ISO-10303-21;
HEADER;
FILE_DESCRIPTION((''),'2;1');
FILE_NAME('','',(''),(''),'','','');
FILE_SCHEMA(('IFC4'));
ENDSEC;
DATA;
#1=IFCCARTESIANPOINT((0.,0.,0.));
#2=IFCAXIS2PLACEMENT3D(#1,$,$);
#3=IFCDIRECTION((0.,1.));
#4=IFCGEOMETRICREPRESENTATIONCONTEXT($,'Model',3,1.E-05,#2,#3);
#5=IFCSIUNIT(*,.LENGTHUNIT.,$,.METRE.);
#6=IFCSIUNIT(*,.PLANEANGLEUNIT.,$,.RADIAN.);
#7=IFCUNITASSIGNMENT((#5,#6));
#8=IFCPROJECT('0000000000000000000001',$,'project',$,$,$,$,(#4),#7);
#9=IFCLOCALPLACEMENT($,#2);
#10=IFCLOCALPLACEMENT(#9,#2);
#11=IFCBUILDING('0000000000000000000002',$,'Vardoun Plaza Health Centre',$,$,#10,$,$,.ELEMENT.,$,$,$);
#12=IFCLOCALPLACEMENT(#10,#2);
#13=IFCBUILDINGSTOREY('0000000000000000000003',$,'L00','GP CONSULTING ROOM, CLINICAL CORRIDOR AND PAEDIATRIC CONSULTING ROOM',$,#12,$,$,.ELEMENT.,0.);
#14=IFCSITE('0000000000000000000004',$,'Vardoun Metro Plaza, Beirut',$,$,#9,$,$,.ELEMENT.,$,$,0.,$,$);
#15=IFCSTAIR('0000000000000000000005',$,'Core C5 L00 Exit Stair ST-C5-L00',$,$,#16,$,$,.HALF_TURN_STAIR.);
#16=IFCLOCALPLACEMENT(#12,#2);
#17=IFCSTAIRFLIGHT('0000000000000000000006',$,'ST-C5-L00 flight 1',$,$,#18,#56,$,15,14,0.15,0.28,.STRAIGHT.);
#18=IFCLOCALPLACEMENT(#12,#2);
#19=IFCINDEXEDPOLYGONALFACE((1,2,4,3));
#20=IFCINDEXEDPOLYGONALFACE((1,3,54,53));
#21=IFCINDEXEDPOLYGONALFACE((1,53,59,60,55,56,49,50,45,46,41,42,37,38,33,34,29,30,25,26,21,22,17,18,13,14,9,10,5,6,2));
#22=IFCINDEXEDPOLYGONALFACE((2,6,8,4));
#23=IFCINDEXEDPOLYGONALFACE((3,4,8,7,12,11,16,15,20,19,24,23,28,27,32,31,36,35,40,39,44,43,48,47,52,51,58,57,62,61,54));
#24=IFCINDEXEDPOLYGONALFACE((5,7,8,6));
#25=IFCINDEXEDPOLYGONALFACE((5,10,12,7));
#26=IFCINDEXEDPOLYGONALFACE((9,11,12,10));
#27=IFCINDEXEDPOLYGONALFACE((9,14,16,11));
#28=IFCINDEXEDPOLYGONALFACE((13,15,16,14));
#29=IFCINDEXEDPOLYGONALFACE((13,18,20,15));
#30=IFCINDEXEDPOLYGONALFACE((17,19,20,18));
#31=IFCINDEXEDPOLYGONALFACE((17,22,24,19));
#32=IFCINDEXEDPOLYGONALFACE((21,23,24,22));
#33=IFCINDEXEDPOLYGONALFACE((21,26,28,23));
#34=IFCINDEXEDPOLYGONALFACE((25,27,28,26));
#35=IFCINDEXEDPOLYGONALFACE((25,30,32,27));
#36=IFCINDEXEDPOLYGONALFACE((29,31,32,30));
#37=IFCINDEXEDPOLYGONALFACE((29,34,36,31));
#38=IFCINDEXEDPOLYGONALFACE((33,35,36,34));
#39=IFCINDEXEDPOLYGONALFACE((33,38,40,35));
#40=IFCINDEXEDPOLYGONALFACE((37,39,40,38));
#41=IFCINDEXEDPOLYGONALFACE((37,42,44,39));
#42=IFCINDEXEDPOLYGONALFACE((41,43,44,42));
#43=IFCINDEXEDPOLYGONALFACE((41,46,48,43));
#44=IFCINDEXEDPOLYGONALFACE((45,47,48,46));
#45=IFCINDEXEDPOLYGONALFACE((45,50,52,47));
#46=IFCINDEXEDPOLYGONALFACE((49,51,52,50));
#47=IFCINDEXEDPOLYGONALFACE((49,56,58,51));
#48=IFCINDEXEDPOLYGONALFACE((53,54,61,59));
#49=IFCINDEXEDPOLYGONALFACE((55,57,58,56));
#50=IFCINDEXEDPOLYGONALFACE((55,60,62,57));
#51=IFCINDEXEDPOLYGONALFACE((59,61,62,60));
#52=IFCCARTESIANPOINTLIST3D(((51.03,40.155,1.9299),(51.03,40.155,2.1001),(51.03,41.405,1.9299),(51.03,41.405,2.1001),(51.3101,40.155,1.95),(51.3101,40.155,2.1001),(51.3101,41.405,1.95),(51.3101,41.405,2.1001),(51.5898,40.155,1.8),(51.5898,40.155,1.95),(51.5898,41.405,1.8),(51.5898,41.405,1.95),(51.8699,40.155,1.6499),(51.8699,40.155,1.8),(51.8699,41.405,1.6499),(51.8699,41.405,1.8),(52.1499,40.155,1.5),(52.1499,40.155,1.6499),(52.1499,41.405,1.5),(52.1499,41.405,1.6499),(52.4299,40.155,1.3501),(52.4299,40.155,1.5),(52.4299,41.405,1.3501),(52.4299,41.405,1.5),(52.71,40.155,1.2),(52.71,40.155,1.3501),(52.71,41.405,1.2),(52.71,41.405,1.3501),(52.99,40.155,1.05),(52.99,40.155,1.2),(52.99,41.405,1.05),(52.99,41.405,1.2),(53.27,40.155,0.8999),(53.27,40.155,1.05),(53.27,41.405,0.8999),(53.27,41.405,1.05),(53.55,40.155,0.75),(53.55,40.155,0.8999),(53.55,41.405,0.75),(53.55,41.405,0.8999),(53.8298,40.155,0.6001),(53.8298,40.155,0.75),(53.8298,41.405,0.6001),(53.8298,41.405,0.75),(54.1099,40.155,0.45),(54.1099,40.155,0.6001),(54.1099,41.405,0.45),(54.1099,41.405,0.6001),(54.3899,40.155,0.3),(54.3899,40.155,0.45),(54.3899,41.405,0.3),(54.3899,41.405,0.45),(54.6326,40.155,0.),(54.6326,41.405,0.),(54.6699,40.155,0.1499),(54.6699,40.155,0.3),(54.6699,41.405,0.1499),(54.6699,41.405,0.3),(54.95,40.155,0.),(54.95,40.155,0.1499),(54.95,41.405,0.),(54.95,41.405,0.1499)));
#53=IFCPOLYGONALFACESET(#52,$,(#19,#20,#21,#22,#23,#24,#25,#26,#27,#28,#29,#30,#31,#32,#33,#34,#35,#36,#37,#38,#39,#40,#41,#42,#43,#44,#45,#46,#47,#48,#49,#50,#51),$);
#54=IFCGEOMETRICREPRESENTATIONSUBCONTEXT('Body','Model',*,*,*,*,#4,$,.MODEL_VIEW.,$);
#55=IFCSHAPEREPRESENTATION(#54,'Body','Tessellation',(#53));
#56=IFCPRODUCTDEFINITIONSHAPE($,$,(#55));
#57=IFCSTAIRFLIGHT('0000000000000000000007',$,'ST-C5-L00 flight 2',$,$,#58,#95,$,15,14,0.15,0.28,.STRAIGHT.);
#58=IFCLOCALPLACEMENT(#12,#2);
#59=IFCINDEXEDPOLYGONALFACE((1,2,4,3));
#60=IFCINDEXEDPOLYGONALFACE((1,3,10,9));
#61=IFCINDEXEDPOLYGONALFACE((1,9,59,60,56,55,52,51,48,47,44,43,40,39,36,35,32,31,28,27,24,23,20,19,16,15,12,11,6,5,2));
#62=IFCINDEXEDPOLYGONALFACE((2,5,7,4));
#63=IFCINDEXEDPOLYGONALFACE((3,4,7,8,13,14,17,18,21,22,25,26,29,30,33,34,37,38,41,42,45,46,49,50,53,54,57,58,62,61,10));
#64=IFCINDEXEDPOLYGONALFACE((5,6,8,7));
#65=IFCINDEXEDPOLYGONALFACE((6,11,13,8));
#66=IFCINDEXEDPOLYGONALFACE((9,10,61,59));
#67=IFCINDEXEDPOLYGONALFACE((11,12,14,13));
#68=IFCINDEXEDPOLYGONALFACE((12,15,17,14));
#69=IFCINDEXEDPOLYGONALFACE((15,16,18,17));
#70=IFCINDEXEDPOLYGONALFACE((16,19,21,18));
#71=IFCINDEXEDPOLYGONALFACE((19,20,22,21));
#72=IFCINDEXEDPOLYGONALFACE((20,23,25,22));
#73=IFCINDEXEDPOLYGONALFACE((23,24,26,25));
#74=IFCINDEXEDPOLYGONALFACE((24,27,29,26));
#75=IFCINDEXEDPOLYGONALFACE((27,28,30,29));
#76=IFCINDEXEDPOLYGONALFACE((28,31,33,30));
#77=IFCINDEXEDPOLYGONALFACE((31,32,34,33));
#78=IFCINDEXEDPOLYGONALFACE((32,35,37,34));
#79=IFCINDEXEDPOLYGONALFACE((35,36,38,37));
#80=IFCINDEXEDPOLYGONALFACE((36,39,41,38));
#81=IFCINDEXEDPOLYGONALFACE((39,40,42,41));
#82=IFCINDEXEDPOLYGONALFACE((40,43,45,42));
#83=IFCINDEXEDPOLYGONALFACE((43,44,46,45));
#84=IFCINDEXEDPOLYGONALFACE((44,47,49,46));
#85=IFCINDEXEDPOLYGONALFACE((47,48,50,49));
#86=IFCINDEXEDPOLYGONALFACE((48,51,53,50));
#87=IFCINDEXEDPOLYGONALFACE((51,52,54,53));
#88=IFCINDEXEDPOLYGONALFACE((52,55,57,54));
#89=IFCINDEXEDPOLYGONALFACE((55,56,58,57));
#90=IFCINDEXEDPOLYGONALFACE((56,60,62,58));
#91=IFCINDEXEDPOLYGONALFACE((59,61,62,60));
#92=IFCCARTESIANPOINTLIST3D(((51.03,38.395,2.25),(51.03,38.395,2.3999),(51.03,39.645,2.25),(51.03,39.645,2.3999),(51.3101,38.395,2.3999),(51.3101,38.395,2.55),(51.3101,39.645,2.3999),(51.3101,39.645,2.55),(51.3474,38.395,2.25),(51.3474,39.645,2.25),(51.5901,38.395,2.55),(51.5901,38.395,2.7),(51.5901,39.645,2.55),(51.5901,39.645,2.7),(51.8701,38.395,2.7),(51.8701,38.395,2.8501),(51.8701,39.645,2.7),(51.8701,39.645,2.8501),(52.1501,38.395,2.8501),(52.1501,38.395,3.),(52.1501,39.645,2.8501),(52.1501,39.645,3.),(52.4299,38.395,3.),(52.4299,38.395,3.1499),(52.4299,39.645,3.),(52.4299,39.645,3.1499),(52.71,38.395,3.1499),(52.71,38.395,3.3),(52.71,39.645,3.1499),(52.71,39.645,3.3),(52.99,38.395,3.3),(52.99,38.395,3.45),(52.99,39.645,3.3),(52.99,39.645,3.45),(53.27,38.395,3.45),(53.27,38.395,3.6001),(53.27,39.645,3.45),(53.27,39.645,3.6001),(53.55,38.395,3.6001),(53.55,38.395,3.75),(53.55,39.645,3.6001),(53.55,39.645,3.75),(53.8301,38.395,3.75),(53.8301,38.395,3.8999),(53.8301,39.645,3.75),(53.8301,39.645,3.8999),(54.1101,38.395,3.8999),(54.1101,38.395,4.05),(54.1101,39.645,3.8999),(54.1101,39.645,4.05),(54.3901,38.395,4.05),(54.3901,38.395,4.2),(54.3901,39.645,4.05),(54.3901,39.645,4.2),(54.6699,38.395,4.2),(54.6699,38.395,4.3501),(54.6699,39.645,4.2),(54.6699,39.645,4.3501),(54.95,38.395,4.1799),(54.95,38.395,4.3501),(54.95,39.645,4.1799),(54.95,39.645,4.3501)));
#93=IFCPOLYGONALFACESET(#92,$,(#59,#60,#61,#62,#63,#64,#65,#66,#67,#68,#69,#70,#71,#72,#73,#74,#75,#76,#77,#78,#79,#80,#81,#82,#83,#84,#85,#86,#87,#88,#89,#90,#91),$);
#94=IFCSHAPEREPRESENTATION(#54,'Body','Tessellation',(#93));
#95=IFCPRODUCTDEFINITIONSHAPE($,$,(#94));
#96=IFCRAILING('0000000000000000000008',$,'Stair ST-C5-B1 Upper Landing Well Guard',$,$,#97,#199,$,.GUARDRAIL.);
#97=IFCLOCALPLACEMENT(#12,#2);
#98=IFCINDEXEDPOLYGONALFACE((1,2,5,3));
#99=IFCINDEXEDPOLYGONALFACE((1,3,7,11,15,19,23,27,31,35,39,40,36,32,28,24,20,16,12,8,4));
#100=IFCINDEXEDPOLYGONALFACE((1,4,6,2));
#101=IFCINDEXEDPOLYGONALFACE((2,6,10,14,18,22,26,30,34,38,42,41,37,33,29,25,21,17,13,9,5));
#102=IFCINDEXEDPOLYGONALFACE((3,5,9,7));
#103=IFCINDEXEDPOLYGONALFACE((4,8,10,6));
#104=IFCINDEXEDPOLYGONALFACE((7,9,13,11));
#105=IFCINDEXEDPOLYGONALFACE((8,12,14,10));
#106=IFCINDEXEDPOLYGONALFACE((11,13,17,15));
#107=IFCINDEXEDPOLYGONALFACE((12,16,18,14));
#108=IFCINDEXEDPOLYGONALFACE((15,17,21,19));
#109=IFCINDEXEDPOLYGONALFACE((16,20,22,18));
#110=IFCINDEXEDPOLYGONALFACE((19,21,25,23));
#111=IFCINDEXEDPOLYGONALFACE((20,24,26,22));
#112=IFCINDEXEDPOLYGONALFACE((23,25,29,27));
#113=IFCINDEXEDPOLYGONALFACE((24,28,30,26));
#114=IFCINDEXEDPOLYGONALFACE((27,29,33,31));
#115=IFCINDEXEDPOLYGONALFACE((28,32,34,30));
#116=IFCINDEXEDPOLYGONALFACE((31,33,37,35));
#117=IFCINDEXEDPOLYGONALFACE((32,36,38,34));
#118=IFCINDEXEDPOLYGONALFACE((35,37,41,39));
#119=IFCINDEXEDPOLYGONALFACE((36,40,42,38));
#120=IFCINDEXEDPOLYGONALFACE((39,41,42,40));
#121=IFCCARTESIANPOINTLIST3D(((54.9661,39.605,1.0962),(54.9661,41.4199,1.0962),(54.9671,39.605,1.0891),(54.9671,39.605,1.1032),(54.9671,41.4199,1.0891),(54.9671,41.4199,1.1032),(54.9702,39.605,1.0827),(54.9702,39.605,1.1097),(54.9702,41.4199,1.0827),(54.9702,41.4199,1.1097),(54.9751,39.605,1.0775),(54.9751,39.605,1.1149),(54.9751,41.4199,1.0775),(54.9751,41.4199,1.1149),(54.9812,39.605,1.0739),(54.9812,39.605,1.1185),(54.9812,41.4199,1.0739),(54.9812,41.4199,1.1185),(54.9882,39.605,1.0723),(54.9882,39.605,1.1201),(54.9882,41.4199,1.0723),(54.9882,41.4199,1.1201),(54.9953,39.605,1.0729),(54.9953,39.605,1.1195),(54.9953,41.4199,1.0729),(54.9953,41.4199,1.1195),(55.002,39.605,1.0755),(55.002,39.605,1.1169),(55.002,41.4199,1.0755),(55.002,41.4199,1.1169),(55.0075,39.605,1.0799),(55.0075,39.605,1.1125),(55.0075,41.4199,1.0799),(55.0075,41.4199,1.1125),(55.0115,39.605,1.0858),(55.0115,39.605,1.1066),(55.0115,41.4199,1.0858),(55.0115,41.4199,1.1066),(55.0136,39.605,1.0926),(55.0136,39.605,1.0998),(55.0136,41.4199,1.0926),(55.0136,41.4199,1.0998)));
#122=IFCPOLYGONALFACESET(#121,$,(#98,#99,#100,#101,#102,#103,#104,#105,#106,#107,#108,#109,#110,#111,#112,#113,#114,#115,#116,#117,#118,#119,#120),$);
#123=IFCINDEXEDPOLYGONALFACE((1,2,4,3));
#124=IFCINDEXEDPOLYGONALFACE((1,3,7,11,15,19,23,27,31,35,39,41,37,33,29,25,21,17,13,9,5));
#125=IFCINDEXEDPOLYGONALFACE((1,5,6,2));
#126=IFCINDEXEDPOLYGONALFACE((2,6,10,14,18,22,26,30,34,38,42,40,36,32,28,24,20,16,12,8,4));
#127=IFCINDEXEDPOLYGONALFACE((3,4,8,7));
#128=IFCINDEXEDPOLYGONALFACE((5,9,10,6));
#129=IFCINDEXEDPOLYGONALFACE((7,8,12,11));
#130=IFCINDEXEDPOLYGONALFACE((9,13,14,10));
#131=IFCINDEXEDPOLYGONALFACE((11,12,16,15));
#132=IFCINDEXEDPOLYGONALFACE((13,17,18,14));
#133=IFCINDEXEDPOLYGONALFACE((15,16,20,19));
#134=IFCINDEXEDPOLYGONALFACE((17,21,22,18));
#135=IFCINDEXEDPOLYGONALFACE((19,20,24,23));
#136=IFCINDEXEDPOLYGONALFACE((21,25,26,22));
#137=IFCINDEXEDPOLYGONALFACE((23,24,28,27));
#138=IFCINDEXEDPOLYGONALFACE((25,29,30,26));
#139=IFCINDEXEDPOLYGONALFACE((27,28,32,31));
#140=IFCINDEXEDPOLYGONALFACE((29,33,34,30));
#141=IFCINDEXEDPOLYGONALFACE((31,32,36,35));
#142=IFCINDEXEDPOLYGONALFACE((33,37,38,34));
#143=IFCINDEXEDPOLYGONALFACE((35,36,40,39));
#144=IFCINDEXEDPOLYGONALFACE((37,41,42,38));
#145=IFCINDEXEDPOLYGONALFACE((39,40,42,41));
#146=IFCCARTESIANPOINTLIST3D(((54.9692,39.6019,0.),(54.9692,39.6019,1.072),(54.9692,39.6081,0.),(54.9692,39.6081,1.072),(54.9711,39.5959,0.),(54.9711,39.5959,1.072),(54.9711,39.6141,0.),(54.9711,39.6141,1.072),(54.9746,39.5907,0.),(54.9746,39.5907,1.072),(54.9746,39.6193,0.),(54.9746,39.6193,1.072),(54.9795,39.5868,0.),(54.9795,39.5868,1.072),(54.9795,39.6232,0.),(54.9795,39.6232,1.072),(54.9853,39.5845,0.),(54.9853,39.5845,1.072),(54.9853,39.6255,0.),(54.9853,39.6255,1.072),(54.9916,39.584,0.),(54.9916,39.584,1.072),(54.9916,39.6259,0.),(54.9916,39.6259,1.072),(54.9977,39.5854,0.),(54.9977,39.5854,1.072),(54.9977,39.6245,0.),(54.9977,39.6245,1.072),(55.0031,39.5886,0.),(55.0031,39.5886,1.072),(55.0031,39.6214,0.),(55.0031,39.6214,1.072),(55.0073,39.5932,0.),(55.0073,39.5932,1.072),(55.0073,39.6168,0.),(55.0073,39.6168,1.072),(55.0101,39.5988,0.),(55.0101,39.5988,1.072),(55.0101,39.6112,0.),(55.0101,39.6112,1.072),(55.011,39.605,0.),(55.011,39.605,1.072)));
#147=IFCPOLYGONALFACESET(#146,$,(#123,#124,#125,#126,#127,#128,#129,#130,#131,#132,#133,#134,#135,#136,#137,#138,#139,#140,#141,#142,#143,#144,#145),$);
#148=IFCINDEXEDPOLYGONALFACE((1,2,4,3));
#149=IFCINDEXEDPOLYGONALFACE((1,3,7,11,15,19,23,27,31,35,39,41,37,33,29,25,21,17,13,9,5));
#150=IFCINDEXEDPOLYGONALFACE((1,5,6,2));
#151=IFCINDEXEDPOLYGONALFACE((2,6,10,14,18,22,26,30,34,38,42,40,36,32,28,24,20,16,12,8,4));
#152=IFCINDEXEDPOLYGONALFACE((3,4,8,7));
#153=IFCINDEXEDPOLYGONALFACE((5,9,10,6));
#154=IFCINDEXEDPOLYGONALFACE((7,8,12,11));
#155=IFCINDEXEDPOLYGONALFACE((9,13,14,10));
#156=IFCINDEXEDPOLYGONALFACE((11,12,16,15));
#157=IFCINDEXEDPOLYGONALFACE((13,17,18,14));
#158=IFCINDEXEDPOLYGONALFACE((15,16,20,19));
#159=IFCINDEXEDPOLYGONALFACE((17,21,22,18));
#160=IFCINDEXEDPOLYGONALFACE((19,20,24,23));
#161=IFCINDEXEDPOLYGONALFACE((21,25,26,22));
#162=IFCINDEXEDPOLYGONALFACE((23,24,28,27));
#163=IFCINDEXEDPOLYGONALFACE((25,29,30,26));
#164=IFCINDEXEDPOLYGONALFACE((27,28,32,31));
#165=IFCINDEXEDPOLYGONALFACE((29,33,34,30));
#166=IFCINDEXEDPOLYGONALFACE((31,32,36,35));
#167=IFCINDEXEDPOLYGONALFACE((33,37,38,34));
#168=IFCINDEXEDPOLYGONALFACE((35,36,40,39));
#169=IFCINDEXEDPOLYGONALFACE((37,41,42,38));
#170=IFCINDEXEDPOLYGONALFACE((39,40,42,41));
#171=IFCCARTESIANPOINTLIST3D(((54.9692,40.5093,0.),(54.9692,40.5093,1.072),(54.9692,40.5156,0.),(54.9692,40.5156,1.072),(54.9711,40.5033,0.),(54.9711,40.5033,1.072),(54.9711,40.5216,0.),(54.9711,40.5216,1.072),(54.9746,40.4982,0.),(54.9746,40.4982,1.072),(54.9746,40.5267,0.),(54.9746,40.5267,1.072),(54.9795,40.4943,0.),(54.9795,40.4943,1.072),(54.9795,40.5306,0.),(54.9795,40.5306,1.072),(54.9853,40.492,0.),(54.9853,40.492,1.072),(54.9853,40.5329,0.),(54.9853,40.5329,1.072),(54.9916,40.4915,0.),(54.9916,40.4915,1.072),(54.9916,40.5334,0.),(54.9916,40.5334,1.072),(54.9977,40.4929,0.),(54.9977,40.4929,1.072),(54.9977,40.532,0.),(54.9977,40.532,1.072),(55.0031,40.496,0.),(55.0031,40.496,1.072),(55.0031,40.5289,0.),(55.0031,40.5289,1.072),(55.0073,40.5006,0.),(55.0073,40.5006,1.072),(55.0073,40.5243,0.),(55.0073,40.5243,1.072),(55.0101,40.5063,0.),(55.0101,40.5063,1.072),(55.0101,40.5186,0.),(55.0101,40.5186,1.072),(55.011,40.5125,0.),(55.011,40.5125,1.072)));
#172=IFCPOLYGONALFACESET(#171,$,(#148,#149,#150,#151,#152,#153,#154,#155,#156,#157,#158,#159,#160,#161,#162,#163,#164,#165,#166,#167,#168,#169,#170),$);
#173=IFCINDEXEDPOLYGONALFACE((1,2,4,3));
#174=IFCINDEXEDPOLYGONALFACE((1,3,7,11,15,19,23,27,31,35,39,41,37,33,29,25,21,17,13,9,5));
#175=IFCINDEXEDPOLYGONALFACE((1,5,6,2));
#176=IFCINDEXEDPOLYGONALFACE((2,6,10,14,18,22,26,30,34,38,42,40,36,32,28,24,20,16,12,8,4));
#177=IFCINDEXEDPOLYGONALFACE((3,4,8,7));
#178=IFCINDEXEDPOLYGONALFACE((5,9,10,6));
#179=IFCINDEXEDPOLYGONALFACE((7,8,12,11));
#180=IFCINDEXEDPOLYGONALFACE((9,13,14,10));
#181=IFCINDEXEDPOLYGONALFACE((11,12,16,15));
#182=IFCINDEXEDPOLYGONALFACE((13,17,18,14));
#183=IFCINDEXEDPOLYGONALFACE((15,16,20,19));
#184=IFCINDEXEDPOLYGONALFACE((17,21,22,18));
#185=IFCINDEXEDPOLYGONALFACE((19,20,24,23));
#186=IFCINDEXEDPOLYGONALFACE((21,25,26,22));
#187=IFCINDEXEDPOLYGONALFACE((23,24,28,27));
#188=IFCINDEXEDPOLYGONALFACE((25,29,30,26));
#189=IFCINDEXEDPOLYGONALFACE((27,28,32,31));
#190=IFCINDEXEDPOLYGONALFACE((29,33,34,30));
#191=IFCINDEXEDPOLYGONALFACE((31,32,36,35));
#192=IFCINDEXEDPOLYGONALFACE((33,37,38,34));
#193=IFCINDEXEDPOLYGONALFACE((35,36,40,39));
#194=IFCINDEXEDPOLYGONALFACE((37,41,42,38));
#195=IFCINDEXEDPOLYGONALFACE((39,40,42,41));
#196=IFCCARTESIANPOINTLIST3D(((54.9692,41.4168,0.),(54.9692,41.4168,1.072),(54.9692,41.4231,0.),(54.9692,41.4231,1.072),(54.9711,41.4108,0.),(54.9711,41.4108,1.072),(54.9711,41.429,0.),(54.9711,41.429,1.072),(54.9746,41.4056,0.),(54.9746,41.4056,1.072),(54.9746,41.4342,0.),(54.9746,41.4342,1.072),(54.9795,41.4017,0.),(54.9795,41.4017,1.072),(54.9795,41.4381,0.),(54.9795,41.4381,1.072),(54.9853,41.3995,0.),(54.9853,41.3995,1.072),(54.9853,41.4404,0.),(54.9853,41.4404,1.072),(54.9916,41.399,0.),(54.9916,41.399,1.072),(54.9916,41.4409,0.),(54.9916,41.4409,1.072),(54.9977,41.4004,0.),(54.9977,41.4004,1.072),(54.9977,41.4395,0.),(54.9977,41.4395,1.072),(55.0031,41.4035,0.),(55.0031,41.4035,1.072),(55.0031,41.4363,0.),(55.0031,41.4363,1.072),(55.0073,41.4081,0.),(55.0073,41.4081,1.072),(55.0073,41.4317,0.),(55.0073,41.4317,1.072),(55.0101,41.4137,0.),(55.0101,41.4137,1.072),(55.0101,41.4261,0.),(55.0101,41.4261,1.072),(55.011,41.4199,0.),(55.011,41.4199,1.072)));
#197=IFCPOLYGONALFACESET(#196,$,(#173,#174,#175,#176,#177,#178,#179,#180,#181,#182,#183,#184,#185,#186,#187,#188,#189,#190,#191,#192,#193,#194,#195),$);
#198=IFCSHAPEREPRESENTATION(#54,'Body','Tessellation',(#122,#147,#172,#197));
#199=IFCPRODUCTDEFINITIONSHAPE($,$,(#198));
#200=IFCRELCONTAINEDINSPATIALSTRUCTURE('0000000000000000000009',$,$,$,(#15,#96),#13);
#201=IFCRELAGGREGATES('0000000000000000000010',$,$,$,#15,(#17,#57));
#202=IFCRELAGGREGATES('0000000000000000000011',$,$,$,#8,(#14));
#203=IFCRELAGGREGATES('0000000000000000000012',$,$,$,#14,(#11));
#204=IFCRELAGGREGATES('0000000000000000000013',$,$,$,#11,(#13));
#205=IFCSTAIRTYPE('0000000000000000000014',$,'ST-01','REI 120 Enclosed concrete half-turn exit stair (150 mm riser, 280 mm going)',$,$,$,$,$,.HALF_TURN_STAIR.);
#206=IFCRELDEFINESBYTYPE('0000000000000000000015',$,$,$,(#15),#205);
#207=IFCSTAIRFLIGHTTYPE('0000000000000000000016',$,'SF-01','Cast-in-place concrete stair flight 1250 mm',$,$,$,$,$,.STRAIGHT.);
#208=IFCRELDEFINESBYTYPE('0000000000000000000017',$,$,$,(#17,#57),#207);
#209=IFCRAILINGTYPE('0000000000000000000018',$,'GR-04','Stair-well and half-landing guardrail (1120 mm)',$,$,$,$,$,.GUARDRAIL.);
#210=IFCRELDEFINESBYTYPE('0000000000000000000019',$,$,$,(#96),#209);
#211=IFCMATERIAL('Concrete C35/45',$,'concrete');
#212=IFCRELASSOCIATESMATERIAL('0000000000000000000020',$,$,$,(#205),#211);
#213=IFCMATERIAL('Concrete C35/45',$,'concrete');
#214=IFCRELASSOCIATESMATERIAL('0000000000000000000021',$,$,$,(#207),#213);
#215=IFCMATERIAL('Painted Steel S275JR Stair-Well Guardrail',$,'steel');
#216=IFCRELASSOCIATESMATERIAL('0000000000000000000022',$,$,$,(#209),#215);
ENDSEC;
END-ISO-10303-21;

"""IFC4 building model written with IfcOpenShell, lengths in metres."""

from ifc_helpers import new_model, si_unit, direction, frame, origin, origin_2d, place, context, subcontext, project, spatial, polyline, circle, outline, extrude, material, type_object, element, aggregate, save


model = new_model("IFC4")

# Units and contexts
model_context = context("Model", 3, precision=1e-05, world=origin(), true_north=direction((0.0, 1.0)))
body_context = subcontext(model_context, "Body", "Model", "MODEL_VIEW")
ifc_project = project(units=[si_unit("LENGTHUNIT", "METRE"), si_unit("PLANEANGLEUNIT", "RADIAN")], contexts=[model_context])

# Site, building, storey
site_placement = place(None, origin())
site = spatial("IfcSite", under=ifc_project, at=site_placement, Name="Vardoun Metro Plaza, Beirut", CompositionType="ELEMENT", RefElevation=0.0)
building_placement = place(site_placement, origin())
building = spatial("IfcBuilding", under=site, at=building_placement, Name="Vardoun Plaza Health Centre", CompositionType="ELEMENT")
storey_placement = place(building_placement, origin())
storey = spatial("IfcBuildingStorey", under=building, at=storey_placement, Name="L00", Description="GP CONSULTING ROOM, CLINICAL CORRIDOR AND PAEDIATRIC CONSULTING ROOM", CompositionType="ELEMENT", Elevation=0.0)

# Stair, stair flights
ifc_material_1 = material(Name="Concrete C35/45", Category="concrete")
stair_type = type_object("IfcStairType", Name="ST-01", Description="REI 120 Enclosed concrete half-turn exit stair (150 mm riser, 280 mm going)", PredefinedType="HALF_TURN_STAIR", material=ifc_material_1)
stair_placement = place(storey_placement, origin())
stair = element("IfcStair", 1, at=stair_placement, inside=storey, type_object=stair_type, Name="Core C5 L00 Exit Stair ST-C5-L00", PredefinedType="HALF_TURN_STAIR")
ifc_material_2 = material(Name="Concrete C35/45", Category="concrete")
stair_flight_type = type_object("IfcStairFlightType", Name="SF-01", Description="Cast-in-place concrete stair flight 1250 mm", PredefinedType="STRAIGHT", material=ifc_material_2)
stair_flight_1_placement = place(storey_placement, frame((54.95, 40.78, 0.0), z_axis=(0.0, 0.0, 1.0), x_axis=(-1.0, 0.0, 0.0)))
stair_flight_1 = element("IfcStairFlight", 2, at=stair_flight_1_placement, type_object=stair_flight_type, Name="ST-C5-L00 flight 1", NumberOfRisers=15, NumberOfTreads=14, PredefinedType="STRAIGHT", RiserHeight=0.15, TreadLength=0.28, context=body_context, shape_type="SweptSolid", body=[
    extrude(outline(polyline([(0.0, 0.0), (0.0, 0.1499), (0.28, 0.1499), (0.28, 0.3), (0.5601, 0.3), (0.5601, 0.45), (0.8401, 0.45), (0.8401, 0.6001), (1.1201, 0.6001), (1.1201, 0.75), (1.3999, 0.75), (1.3999, 0.8999), (1.6799, 0.8999), (1.6799, 1.05), (1.96, 1.05), (1.96, 1.2), (2.24, 1.2), (2.24, 1.3501), (2.52, 1.3501), (2.52, 1.5), (2.8, 1.5), (2.8, 1.6499), (3.0801, 1.6499), (3.0801, 1.8), (3.3601, 1.8), (3.3601, 1.95), (3.6399, 1.95), (3.6399, 2.1001), (3.9199, 2.1001), (3.9199, 2.25), (3.9199, 1.9299), (0.3174, 0.0), (0.0, 0.0)])), frame((0.0, 0.625, 0.0), z_axis=(0.0, -1.0, 0.0), x_axis=(1.0, 0.0, 0.0)), (0.0, 0.0, 1.0), 1.25),
])
stair_flight_2_placement = place(storey_placement, frame((51.03, 39.02, 2.25), z_axis=(0.0, 0.0, 1.0), x_axis=(1.0, 0.0, 0.0)))
stair_flight_2 = element("IfcStairFlight", 3, at=stair_flight_2_placement, type_object=stair_flight_type, Name="ST-C5-L00 flight 2", NumberOfRisers=15, NumberOfTreads=14, PredefinedType="STRAIGHT", RiserHeight=0.15, TreadLength=0.28, context=body_context, shape_type="SweptSolid", body=[
    extrude(outline(polyline([(0.0, 0.0), (0.0, 0.1499), (0.28, 0.1499), (0.28, 0.3), (0.5601, 0.3), (0.5601, 0.45), (0.8401, 0.45), (0.8401, 0.6001), (1.1201, 0.6001), (1.1201, 0.75), (1.3999, 0.75), (1.3999, 0.8999), (1.6799, 0.8999), (1.6799, 1.05), (1.96, 1.05), (1.96, 1.2), (2.24, 1.2), (2.24, 1.3501), (2.52, 1.3501), (2.52, 1.5), (2.8, 1.5), (2.8, 1.6499), (3.0801, 1.6499), (3.0801, 1.8), (3.3601, 1.8), (3.3601, 1.95), (3.6399, 1.95), (3.6399, 2.1001), (3.9199, 2.1001), (3.9199, 2.25), (3.9199, 1.9299), (0.3174, 0.0), (0.0, 0.0)])), frame((0.0, 0.625, 0.0), z_axis=(0.0, -1.0, 0.0), x_axis=(1.0, 0.0, 0.0)), (0.0, 0.0, 1.0), 1.25),
])
aggregate(stair, [stair_flight_1, stair_flight_2])

# Railing
ifc_material_3 = material(Name="Painted Steel S275JR Stair-Well Guardrail", Category="steel")
railing_type_1 = type_object("IfcRailingType", Name="GR-04", Description="Stair-well and half-landing guardrail (1120 mm)", PredefinedType="GUARDRAIL", material=ifc_material_3)
railing_1_placement = place(storey_placement, frame((54.99, 39.605, 0.0)))
element("IfcRailing", 4, at=railing_1_placement, inside=storey, type_object=railing_type_1, Name="Stair ST-C5-B1 Upper Landing Well Guard", PredefinedType="GUARDRAIL", context=body_context, shape_type="SweptSolid", body=[
    extrude(circle(Radius=0.0239, at=origin_2d()), frame((0.0, 0.0, 1.0962), z_axis=(0.0, 1.0, 0.0), x_axis=(-1.0, 0.0, 0.0)), (0.0, 0.0, 1.0), 1.8149),
    extrude(circle(Radius=0.021, at=origin_2d()), origin(), (0.0, 0.0, 1.0), 1.072),
    extrude(circle(Radius=0.021, at=origin_2d()), frame((0.0, 0.9075, 0.0)), (0.0, 0.0, 1.0), 1.072),
    extrude(circle(Radius=0.021, at=origin_2d()), frame((0.0, 1.8149, 0.0)), (0.0, 0.0, 1.0), 1.072),
])

save(model, "model.ifc")
